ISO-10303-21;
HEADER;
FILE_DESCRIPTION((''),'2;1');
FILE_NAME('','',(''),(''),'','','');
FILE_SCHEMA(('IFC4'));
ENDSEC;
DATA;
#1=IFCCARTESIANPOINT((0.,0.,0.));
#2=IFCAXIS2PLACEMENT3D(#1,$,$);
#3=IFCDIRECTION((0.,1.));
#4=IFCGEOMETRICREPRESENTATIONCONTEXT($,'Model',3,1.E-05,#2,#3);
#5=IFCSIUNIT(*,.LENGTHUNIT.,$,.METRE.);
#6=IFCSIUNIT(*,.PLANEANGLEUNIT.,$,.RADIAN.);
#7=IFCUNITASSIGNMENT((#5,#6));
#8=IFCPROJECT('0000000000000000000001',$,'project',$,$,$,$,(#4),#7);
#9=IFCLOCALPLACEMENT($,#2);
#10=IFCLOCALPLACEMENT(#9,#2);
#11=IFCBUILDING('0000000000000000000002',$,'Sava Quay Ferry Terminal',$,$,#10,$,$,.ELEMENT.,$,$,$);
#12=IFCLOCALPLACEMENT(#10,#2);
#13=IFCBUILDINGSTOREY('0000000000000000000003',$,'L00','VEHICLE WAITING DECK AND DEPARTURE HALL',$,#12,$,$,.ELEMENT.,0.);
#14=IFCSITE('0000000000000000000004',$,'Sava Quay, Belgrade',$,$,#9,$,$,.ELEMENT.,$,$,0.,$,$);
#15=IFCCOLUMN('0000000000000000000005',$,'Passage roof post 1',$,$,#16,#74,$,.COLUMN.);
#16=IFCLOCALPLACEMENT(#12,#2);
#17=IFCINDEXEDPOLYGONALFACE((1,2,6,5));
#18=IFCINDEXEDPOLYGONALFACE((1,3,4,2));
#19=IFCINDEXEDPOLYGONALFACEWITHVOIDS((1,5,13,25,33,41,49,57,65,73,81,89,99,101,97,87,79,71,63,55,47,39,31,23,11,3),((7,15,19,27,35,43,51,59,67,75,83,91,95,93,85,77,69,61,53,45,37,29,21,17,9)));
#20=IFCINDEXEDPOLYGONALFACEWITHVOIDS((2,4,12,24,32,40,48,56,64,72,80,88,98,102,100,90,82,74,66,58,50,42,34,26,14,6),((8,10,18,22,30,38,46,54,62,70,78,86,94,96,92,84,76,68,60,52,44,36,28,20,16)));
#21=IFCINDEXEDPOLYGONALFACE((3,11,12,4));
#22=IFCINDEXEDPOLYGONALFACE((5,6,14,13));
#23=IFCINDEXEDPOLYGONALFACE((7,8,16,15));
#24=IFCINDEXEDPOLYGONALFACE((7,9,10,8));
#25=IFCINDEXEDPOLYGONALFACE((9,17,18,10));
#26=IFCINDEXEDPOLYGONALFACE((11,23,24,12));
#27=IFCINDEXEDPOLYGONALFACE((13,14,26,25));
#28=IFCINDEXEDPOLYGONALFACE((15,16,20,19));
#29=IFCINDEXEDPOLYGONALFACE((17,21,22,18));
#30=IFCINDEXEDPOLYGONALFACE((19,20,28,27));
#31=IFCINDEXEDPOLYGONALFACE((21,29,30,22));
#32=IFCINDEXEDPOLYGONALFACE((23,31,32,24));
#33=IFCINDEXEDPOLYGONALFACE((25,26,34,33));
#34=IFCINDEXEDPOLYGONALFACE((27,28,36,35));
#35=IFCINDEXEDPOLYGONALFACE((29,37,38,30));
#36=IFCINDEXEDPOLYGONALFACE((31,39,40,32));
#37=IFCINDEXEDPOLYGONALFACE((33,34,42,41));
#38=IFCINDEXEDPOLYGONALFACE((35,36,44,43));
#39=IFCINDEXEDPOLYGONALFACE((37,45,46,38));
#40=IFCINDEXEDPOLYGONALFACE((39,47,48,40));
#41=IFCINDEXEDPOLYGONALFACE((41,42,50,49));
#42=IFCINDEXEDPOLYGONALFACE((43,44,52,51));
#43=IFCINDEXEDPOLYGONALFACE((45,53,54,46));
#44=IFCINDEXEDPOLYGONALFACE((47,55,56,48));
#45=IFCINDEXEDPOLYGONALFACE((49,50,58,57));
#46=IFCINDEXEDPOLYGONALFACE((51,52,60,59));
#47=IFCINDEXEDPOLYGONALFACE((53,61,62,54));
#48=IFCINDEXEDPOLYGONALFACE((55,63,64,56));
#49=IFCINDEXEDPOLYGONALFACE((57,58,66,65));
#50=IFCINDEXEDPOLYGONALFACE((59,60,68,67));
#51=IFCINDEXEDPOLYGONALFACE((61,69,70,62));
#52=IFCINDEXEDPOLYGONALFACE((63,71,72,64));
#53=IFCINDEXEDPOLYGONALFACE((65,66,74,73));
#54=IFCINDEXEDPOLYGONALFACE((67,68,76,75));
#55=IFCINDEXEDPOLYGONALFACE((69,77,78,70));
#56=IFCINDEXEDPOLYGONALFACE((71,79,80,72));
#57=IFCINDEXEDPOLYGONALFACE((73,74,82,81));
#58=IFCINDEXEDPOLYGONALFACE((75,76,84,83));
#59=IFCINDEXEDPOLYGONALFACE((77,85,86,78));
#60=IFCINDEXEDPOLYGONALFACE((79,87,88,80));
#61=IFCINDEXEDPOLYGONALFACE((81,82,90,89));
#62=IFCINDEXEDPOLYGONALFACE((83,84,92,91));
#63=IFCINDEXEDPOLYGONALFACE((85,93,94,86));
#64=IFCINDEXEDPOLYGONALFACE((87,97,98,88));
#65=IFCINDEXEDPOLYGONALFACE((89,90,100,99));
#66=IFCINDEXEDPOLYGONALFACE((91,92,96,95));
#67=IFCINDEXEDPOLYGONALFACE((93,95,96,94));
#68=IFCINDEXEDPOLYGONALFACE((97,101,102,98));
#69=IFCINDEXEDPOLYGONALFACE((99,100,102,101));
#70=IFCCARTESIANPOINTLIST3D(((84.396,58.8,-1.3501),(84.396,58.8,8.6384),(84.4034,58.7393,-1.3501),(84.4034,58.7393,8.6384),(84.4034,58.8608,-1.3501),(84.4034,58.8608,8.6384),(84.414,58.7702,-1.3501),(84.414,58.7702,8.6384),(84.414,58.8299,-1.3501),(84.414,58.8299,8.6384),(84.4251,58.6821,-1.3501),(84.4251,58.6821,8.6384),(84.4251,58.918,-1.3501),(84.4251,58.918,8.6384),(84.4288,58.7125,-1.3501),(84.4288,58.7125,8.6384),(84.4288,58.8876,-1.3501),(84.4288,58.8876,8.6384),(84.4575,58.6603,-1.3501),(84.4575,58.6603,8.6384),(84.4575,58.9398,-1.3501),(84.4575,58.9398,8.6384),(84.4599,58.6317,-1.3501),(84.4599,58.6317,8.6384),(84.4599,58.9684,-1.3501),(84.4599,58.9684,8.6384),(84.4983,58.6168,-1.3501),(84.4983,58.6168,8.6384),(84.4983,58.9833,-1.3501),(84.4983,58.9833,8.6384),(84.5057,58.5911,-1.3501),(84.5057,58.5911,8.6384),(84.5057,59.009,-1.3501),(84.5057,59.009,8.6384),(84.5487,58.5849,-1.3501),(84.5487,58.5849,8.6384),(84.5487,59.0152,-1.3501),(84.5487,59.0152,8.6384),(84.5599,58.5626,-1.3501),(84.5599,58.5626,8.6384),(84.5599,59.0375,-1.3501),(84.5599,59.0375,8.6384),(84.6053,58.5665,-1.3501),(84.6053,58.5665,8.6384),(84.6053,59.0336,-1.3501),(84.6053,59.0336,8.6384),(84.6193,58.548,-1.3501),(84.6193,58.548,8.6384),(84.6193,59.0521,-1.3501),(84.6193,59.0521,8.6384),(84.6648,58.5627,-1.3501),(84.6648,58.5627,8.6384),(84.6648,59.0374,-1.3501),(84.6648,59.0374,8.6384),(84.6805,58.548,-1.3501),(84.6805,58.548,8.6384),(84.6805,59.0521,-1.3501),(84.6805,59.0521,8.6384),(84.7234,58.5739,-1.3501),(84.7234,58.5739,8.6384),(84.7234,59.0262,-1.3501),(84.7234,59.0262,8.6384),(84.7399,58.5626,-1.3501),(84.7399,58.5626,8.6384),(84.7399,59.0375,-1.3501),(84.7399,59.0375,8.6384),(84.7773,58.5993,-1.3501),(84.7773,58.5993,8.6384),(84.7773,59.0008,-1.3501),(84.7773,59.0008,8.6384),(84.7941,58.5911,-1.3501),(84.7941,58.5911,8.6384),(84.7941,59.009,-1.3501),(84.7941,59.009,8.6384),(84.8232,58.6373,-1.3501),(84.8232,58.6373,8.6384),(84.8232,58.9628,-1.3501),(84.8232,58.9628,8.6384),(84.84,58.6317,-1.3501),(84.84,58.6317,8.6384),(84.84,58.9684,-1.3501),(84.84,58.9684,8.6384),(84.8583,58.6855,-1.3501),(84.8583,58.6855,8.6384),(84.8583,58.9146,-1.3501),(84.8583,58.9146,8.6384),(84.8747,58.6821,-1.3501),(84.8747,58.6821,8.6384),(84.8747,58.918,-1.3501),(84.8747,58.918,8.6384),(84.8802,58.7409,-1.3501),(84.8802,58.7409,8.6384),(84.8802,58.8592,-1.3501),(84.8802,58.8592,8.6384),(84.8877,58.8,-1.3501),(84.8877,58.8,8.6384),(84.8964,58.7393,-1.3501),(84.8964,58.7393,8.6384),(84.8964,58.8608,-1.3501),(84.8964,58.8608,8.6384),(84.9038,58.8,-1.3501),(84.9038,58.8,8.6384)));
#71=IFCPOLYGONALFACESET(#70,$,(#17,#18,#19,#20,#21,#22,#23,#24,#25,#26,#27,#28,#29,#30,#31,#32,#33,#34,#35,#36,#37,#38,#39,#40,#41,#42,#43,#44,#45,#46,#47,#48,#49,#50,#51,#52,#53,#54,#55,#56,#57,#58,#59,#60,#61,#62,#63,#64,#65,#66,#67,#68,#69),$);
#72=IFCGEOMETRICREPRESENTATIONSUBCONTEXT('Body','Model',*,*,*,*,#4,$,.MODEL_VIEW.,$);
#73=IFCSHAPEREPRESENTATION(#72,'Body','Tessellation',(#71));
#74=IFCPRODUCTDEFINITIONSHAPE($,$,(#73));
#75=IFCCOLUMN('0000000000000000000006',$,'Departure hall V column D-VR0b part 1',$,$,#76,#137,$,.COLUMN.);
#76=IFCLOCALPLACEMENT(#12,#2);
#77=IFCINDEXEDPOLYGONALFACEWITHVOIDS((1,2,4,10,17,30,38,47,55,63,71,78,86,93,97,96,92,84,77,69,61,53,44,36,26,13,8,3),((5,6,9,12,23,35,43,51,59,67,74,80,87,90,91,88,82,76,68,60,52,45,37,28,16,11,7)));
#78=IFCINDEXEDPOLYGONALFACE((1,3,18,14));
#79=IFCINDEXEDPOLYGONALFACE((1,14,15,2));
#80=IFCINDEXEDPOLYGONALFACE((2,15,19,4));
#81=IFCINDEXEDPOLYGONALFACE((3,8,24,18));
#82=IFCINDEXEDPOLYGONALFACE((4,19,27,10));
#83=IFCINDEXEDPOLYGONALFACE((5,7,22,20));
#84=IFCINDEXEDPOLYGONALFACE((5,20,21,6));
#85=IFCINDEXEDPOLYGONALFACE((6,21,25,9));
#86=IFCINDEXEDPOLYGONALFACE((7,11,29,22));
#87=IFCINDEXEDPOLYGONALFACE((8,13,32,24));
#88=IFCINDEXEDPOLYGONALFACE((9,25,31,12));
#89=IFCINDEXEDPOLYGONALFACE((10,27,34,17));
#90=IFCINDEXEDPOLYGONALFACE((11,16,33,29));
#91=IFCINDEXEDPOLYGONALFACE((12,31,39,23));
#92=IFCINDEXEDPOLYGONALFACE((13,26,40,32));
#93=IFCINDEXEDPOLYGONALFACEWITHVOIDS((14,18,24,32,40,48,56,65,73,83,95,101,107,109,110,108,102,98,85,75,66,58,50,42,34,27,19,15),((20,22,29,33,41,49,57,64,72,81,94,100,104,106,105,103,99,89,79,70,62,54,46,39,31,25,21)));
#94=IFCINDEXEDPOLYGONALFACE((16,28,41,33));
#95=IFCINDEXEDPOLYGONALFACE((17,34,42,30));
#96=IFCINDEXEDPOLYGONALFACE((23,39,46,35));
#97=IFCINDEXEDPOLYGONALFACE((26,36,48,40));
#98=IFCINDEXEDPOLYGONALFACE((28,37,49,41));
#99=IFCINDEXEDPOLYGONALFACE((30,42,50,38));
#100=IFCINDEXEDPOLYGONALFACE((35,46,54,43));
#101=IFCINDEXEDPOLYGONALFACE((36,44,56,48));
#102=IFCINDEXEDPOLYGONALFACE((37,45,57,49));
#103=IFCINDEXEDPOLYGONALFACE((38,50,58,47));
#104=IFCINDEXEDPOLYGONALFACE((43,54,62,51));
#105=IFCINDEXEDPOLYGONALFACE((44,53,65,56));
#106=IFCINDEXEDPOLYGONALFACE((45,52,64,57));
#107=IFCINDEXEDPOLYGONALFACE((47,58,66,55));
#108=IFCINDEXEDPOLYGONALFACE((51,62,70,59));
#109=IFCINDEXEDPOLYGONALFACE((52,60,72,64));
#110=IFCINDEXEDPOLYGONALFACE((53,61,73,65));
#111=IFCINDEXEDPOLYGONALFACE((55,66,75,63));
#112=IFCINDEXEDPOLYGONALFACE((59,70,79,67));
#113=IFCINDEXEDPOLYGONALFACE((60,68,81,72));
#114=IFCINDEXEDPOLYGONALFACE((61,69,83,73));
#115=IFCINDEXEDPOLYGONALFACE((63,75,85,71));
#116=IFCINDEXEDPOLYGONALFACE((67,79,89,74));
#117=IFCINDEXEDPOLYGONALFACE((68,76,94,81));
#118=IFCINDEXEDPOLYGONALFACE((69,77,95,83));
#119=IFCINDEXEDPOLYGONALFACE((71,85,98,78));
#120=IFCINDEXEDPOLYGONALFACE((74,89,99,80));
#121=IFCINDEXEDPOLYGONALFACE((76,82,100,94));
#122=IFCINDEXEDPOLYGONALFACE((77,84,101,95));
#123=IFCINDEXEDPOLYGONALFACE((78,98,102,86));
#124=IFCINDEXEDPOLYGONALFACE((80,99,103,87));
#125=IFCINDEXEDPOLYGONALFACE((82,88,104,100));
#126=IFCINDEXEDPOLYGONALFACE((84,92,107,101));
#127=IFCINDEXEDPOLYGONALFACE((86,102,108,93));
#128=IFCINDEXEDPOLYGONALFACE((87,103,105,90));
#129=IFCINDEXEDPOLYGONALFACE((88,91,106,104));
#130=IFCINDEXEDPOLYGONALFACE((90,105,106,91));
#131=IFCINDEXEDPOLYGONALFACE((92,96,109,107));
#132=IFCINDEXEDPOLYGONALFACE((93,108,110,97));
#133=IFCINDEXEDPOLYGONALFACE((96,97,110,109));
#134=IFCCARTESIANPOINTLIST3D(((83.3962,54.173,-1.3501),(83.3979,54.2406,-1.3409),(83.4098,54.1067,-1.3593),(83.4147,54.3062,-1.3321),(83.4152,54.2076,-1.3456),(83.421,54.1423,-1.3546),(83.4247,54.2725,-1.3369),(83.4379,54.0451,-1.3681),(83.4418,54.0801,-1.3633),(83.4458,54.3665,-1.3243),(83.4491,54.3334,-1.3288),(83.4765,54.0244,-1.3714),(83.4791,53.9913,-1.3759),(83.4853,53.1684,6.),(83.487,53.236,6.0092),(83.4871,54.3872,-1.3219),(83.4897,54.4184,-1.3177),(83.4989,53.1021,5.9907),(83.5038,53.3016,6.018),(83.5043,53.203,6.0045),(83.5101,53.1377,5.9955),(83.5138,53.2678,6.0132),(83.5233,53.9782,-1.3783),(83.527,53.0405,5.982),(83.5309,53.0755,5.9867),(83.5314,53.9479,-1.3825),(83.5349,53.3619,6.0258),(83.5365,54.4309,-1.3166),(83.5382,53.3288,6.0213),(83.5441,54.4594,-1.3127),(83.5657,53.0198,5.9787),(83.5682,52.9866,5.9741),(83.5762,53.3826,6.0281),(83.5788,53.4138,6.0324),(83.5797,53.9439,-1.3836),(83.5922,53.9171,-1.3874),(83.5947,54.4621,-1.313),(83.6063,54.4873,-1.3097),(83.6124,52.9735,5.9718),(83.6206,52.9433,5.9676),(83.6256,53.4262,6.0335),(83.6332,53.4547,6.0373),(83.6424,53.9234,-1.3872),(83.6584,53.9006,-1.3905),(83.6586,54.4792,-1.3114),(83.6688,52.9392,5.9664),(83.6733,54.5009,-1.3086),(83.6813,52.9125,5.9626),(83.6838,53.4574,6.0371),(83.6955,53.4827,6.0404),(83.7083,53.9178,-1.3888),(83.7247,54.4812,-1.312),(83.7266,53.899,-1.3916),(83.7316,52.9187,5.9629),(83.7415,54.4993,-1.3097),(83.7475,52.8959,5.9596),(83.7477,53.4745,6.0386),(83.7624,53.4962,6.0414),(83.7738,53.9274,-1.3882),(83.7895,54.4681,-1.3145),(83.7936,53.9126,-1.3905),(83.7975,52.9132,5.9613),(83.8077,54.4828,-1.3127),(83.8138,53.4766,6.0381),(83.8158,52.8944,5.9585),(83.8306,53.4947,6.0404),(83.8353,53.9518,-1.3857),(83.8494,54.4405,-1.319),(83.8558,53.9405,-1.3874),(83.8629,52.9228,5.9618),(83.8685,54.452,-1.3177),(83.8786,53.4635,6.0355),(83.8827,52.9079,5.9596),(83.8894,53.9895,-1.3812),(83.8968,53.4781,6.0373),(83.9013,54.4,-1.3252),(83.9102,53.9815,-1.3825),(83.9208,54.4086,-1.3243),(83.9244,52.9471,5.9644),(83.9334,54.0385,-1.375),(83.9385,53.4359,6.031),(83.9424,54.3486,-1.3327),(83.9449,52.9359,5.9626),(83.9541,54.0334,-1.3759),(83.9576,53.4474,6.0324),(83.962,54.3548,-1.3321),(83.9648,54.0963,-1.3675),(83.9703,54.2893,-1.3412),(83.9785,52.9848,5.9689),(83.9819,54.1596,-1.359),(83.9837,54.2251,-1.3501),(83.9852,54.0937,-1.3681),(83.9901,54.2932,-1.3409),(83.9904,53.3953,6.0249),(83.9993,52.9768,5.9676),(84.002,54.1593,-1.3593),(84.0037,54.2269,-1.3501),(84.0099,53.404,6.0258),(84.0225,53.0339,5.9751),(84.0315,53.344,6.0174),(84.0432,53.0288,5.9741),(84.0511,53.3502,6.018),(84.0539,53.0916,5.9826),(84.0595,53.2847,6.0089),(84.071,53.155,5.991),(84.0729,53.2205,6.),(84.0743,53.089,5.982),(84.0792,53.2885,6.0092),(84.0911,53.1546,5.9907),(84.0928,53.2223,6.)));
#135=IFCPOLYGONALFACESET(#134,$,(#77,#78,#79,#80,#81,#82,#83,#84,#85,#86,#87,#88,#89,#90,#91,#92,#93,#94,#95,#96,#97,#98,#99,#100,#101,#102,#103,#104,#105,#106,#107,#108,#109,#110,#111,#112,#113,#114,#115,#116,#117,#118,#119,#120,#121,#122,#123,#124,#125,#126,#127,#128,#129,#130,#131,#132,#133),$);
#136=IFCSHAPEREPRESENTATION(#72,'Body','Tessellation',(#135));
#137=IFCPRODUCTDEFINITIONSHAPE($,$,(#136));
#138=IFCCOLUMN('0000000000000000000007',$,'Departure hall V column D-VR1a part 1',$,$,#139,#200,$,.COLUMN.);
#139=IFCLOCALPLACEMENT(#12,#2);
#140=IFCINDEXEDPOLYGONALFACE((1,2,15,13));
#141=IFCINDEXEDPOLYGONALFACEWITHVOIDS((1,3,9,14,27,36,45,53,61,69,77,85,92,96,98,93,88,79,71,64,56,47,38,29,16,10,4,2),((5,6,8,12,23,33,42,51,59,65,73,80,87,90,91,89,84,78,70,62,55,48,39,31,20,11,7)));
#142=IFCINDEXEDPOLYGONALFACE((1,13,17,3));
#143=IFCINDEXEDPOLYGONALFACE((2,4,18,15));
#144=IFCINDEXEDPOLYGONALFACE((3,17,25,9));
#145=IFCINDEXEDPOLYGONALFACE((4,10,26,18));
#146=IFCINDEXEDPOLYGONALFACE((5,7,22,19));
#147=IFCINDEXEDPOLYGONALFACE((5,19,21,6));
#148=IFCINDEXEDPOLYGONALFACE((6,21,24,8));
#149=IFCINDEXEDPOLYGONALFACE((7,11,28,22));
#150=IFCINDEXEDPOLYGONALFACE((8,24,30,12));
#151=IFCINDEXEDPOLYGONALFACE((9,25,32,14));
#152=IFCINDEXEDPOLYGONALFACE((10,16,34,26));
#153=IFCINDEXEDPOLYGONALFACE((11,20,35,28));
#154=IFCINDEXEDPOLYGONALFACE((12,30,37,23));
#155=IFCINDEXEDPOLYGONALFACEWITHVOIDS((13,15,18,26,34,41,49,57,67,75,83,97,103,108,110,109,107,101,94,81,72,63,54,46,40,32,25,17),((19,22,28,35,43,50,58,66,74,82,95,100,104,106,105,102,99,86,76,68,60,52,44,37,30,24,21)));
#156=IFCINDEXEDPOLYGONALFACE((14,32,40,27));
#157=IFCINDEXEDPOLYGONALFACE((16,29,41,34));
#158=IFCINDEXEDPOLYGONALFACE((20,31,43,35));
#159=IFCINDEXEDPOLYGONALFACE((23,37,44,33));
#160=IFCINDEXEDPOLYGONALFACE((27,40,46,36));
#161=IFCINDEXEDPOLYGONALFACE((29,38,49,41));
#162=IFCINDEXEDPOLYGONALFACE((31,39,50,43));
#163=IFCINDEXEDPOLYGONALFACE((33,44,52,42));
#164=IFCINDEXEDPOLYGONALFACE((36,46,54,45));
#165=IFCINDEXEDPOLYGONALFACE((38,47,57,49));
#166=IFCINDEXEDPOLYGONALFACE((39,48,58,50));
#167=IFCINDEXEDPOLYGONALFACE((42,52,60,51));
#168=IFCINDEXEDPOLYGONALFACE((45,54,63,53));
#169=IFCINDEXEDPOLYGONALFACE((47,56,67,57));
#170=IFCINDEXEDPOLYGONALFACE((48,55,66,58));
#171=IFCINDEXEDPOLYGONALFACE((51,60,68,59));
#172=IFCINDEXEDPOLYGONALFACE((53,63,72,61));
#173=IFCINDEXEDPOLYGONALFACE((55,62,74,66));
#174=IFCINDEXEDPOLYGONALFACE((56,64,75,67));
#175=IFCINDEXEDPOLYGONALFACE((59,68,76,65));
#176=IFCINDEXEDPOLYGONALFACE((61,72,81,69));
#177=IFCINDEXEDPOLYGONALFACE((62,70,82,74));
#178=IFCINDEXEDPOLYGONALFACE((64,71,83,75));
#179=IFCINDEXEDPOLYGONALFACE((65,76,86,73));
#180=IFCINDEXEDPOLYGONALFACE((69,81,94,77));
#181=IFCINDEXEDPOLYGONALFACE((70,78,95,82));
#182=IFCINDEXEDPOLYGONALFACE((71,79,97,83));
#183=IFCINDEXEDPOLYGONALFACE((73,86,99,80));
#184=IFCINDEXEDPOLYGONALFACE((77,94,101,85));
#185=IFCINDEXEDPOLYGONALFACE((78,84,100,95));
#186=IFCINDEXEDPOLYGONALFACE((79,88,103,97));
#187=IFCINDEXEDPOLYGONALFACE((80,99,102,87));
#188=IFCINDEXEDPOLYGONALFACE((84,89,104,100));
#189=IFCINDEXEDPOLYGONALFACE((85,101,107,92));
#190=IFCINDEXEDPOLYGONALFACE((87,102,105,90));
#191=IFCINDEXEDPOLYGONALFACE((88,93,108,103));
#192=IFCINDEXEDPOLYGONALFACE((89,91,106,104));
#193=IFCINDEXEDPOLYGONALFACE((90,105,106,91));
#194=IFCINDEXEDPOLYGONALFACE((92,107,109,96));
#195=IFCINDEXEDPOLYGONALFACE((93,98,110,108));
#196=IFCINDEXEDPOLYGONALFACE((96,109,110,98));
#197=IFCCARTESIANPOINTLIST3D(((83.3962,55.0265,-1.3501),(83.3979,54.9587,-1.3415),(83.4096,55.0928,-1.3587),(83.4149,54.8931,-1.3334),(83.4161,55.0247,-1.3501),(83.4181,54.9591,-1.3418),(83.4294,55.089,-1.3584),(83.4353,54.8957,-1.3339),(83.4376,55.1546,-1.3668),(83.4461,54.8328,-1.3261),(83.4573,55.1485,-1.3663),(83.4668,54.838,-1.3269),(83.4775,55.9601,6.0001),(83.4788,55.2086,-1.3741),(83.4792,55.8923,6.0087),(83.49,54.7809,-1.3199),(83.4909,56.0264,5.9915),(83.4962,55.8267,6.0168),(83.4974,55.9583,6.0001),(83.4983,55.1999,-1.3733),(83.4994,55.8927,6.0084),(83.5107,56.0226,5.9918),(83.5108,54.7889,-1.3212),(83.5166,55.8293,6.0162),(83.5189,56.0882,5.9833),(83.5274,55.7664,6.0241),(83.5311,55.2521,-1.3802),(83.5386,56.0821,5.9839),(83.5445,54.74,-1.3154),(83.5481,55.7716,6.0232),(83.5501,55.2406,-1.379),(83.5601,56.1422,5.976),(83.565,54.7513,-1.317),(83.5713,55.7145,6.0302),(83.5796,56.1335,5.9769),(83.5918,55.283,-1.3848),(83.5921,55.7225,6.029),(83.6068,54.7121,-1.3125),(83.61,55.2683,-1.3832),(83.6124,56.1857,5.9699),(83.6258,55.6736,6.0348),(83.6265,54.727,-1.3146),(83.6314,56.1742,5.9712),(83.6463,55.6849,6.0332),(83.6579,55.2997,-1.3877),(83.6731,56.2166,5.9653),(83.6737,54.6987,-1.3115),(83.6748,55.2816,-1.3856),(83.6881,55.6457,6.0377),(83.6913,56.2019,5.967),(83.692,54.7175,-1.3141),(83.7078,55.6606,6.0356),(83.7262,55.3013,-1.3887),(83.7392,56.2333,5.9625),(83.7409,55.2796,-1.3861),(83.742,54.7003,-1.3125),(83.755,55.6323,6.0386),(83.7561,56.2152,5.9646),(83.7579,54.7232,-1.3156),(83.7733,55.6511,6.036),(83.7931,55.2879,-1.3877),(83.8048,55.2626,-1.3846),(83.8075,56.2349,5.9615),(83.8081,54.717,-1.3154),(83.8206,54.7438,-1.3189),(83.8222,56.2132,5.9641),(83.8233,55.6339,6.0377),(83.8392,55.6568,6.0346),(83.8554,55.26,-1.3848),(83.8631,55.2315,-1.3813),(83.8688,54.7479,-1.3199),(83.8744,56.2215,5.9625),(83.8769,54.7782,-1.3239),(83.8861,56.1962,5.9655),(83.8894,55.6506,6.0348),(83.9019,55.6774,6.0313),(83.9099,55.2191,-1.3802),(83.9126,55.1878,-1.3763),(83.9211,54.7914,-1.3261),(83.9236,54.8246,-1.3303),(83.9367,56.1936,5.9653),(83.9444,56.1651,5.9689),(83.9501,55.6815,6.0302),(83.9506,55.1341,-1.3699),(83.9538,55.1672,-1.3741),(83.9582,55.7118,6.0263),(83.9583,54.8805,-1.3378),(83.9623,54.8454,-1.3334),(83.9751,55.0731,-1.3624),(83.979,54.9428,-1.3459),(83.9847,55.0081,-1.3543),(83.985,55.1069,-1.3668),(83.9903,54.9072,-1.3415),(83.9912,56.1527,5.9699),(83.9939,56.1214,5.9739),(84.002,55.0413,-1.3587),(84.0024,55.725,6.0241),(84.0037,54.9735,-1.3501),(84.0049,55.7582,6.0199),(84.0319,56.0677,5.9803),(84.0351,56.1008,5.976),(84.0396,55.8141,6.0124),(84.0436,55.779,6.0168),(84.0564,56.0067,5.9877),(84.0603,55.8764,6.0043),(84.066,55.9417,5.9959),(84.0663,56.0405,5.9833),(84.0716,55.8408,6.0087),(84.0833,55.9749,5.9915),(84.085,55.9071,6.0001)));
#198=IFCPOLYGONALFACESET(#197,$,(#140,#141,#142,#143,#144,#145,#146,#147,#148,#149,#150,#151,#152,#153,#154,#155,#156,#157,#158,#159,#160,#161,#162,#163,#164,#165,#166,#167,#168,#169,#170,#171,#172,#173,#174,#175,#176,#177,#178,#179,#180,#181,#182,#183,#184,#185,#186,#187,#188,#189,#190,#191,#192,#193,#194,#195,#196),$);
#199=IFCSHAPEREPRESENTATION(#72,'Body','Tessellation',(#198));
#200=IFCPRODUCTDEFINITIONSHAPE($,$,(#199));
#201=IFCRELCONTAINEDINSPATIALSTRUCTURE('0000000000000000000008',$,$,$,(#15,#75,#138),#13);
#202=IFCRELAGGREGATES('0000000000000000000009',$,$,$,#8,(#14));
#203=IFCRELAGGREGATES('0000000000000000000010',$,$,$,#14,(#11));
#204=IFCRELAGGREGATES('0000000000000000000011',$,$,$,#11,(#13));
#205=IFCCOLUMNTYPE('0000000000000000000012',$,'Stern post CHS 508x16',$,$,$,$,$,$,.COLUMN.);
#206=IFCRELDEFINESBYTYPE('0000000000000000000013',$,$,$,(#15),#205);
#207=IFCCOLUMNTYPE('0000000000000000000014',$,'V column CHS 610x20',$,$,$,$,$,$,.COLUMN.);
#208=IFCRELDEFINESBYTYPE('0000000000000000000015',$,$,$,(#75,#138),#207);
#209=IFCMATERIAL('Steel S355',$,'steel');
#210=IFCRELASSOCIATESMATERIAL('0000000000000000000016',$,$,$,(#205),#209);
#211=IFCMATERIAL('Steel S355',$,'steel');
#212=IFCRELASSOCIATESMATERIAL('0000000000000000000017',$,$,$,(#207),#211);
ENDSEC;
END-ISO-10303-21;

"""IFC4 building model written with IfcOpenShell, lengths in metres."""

from ifc_helpers import new_model, si_unit, direction, frame, origin, origin_2d, place, context, subcontext, project, spatial, hollow_circle, extrude, material, material_profile, profile_set, type_object, element, save


model = new_model("IFC4")

# Units and contexts
model_context = context("Model", 3, precision=1e-05, world=origin(), true_north=direction((0.0, 1.0)))
body_context = subcontext(model_context, "Body", "Model", "MODEL_VIEW")
ifc_project = project(units=[si_unit("LENGTHUNIT", "METRE"), si_unit("PLANEANGLEUNIT", "RADIAN")], contexts=[model_context])

# Site, building, storey
site_placement = place(None, origin())
site = spatial("IfcSite", under=ifc_project, at=site_placement, Name="Sava Quay, Belgrade", CompositionType="ELEMENT", RefElevation=0.0)
building_placement = place(site_placement, origin())
building = spatial("IfcBuilding", under=site, at=building_placement, Name="Sava Quay Ferry Terminal", CompositionType="ELEMENT")
storey_placement = place(building_placement, origin())
storey = spatial("IfcBuildingStorey", under=building, at=storey_placement, Name="L00", Description="VEHICLE WAITING DECK AND DEPARTURE HALL", CompositionType="ELEMENT", Elevation=0.0)

# Columns
ifc_material_1 = material(Name="Steel S355", Category="steel")
ifc_material_profile_1 = material_profile(ifc_material_1, hollow_circle(Radius=0.2539, WallThickness=0.0161, at=origin_2d()), Name="CHS 508 x 16.0")
ifc_profile_set_1 = profile_set([ifc_material_profile_1], Name="Steel S355")
column_type_1 = type_object("IfcColumnType", Name="Stern post CHS 508x16", PredefinedType="COLUMN", material=ifc_profile_set_1)
column_1_placement = place(storey_placement, frame((84.6499, 58.8, -1.3501), z_axis=(0.0, 0.0, 1.0), x_axis=(1.0, 0.0, 0.0)))
element("IfcColumn", 1, at=column_1_placement, inside=storey, type_object=column_type_1, Name="Passage roof post 1", PredefinedType="COLUMN", context=body_context, shape_type="SweptSolid", body=[
    extrude(hollow_circle(Radius=0.2539, WallThickness=0.0161, at=origin_2d()), origin(), (0.0, 0.0, 1.0), 9.9885),
])
ifc_material_2 = material(Name="Steel S355", Category="steel")
ifc_material_profile_2 = material_profile(ifc_material_2, hollow_circle(Radius=0.3049, WallThickness=0.02, at=origin_2d()), Name="CHS 610 x 20.0")
ifc_profile_set_2 = profile_set([ifc_material_profile_2], Name="Steel S355")
column_type_2 = type_object("IfcColumnType", Name="V column CHS 610x20", PredefinedType="COLUMN", material=ifc_profile_set_2)
column_2_placement = place(storey_placement, frame((83.7, 54.2, -1.3501), z_axis=(0.012011, -0.135415, 0.990716), x_axis=(0.996089, 0.088353, 0.0)))
element("IfcColumn", 2, at=column_2_placement, inside=storey, type_object=column_type_2, Name="Departure hall V column D-VR0b part 1", PredefinedType="COLUMN", context=body_context, shape_type="SweptSolid", body=[
    extrude(hollow_circle(Radius=0.3049, WallThickness=0.02, at=origin_2d()), origin(), (0.0, 0.0, 1.0), 7.4189),
])
column_3_placement = place(storey_placement, frame((83.7, 55.0, -1.3501), z_axis=(0.010972, 0.125998, 0.99197), x_axis=(-0.99623, 0.086753, 0.0)))
element("IfcColumn", 3, at=column_3_placement, inside=storey, type_object=column_type_2, Name="Departure hall V column D-VR1a part 1", PredefinedType="COLUMN", context=body_context, shape_type="SweptSolid", body=[
    extrude(hollow_circle(Radius=0.3049, WallThickness=0.02, at=origin_2d()), origin(), (0.0, 0.0, 1.0), 7.4097),
])

save(model, "model.ifc")
